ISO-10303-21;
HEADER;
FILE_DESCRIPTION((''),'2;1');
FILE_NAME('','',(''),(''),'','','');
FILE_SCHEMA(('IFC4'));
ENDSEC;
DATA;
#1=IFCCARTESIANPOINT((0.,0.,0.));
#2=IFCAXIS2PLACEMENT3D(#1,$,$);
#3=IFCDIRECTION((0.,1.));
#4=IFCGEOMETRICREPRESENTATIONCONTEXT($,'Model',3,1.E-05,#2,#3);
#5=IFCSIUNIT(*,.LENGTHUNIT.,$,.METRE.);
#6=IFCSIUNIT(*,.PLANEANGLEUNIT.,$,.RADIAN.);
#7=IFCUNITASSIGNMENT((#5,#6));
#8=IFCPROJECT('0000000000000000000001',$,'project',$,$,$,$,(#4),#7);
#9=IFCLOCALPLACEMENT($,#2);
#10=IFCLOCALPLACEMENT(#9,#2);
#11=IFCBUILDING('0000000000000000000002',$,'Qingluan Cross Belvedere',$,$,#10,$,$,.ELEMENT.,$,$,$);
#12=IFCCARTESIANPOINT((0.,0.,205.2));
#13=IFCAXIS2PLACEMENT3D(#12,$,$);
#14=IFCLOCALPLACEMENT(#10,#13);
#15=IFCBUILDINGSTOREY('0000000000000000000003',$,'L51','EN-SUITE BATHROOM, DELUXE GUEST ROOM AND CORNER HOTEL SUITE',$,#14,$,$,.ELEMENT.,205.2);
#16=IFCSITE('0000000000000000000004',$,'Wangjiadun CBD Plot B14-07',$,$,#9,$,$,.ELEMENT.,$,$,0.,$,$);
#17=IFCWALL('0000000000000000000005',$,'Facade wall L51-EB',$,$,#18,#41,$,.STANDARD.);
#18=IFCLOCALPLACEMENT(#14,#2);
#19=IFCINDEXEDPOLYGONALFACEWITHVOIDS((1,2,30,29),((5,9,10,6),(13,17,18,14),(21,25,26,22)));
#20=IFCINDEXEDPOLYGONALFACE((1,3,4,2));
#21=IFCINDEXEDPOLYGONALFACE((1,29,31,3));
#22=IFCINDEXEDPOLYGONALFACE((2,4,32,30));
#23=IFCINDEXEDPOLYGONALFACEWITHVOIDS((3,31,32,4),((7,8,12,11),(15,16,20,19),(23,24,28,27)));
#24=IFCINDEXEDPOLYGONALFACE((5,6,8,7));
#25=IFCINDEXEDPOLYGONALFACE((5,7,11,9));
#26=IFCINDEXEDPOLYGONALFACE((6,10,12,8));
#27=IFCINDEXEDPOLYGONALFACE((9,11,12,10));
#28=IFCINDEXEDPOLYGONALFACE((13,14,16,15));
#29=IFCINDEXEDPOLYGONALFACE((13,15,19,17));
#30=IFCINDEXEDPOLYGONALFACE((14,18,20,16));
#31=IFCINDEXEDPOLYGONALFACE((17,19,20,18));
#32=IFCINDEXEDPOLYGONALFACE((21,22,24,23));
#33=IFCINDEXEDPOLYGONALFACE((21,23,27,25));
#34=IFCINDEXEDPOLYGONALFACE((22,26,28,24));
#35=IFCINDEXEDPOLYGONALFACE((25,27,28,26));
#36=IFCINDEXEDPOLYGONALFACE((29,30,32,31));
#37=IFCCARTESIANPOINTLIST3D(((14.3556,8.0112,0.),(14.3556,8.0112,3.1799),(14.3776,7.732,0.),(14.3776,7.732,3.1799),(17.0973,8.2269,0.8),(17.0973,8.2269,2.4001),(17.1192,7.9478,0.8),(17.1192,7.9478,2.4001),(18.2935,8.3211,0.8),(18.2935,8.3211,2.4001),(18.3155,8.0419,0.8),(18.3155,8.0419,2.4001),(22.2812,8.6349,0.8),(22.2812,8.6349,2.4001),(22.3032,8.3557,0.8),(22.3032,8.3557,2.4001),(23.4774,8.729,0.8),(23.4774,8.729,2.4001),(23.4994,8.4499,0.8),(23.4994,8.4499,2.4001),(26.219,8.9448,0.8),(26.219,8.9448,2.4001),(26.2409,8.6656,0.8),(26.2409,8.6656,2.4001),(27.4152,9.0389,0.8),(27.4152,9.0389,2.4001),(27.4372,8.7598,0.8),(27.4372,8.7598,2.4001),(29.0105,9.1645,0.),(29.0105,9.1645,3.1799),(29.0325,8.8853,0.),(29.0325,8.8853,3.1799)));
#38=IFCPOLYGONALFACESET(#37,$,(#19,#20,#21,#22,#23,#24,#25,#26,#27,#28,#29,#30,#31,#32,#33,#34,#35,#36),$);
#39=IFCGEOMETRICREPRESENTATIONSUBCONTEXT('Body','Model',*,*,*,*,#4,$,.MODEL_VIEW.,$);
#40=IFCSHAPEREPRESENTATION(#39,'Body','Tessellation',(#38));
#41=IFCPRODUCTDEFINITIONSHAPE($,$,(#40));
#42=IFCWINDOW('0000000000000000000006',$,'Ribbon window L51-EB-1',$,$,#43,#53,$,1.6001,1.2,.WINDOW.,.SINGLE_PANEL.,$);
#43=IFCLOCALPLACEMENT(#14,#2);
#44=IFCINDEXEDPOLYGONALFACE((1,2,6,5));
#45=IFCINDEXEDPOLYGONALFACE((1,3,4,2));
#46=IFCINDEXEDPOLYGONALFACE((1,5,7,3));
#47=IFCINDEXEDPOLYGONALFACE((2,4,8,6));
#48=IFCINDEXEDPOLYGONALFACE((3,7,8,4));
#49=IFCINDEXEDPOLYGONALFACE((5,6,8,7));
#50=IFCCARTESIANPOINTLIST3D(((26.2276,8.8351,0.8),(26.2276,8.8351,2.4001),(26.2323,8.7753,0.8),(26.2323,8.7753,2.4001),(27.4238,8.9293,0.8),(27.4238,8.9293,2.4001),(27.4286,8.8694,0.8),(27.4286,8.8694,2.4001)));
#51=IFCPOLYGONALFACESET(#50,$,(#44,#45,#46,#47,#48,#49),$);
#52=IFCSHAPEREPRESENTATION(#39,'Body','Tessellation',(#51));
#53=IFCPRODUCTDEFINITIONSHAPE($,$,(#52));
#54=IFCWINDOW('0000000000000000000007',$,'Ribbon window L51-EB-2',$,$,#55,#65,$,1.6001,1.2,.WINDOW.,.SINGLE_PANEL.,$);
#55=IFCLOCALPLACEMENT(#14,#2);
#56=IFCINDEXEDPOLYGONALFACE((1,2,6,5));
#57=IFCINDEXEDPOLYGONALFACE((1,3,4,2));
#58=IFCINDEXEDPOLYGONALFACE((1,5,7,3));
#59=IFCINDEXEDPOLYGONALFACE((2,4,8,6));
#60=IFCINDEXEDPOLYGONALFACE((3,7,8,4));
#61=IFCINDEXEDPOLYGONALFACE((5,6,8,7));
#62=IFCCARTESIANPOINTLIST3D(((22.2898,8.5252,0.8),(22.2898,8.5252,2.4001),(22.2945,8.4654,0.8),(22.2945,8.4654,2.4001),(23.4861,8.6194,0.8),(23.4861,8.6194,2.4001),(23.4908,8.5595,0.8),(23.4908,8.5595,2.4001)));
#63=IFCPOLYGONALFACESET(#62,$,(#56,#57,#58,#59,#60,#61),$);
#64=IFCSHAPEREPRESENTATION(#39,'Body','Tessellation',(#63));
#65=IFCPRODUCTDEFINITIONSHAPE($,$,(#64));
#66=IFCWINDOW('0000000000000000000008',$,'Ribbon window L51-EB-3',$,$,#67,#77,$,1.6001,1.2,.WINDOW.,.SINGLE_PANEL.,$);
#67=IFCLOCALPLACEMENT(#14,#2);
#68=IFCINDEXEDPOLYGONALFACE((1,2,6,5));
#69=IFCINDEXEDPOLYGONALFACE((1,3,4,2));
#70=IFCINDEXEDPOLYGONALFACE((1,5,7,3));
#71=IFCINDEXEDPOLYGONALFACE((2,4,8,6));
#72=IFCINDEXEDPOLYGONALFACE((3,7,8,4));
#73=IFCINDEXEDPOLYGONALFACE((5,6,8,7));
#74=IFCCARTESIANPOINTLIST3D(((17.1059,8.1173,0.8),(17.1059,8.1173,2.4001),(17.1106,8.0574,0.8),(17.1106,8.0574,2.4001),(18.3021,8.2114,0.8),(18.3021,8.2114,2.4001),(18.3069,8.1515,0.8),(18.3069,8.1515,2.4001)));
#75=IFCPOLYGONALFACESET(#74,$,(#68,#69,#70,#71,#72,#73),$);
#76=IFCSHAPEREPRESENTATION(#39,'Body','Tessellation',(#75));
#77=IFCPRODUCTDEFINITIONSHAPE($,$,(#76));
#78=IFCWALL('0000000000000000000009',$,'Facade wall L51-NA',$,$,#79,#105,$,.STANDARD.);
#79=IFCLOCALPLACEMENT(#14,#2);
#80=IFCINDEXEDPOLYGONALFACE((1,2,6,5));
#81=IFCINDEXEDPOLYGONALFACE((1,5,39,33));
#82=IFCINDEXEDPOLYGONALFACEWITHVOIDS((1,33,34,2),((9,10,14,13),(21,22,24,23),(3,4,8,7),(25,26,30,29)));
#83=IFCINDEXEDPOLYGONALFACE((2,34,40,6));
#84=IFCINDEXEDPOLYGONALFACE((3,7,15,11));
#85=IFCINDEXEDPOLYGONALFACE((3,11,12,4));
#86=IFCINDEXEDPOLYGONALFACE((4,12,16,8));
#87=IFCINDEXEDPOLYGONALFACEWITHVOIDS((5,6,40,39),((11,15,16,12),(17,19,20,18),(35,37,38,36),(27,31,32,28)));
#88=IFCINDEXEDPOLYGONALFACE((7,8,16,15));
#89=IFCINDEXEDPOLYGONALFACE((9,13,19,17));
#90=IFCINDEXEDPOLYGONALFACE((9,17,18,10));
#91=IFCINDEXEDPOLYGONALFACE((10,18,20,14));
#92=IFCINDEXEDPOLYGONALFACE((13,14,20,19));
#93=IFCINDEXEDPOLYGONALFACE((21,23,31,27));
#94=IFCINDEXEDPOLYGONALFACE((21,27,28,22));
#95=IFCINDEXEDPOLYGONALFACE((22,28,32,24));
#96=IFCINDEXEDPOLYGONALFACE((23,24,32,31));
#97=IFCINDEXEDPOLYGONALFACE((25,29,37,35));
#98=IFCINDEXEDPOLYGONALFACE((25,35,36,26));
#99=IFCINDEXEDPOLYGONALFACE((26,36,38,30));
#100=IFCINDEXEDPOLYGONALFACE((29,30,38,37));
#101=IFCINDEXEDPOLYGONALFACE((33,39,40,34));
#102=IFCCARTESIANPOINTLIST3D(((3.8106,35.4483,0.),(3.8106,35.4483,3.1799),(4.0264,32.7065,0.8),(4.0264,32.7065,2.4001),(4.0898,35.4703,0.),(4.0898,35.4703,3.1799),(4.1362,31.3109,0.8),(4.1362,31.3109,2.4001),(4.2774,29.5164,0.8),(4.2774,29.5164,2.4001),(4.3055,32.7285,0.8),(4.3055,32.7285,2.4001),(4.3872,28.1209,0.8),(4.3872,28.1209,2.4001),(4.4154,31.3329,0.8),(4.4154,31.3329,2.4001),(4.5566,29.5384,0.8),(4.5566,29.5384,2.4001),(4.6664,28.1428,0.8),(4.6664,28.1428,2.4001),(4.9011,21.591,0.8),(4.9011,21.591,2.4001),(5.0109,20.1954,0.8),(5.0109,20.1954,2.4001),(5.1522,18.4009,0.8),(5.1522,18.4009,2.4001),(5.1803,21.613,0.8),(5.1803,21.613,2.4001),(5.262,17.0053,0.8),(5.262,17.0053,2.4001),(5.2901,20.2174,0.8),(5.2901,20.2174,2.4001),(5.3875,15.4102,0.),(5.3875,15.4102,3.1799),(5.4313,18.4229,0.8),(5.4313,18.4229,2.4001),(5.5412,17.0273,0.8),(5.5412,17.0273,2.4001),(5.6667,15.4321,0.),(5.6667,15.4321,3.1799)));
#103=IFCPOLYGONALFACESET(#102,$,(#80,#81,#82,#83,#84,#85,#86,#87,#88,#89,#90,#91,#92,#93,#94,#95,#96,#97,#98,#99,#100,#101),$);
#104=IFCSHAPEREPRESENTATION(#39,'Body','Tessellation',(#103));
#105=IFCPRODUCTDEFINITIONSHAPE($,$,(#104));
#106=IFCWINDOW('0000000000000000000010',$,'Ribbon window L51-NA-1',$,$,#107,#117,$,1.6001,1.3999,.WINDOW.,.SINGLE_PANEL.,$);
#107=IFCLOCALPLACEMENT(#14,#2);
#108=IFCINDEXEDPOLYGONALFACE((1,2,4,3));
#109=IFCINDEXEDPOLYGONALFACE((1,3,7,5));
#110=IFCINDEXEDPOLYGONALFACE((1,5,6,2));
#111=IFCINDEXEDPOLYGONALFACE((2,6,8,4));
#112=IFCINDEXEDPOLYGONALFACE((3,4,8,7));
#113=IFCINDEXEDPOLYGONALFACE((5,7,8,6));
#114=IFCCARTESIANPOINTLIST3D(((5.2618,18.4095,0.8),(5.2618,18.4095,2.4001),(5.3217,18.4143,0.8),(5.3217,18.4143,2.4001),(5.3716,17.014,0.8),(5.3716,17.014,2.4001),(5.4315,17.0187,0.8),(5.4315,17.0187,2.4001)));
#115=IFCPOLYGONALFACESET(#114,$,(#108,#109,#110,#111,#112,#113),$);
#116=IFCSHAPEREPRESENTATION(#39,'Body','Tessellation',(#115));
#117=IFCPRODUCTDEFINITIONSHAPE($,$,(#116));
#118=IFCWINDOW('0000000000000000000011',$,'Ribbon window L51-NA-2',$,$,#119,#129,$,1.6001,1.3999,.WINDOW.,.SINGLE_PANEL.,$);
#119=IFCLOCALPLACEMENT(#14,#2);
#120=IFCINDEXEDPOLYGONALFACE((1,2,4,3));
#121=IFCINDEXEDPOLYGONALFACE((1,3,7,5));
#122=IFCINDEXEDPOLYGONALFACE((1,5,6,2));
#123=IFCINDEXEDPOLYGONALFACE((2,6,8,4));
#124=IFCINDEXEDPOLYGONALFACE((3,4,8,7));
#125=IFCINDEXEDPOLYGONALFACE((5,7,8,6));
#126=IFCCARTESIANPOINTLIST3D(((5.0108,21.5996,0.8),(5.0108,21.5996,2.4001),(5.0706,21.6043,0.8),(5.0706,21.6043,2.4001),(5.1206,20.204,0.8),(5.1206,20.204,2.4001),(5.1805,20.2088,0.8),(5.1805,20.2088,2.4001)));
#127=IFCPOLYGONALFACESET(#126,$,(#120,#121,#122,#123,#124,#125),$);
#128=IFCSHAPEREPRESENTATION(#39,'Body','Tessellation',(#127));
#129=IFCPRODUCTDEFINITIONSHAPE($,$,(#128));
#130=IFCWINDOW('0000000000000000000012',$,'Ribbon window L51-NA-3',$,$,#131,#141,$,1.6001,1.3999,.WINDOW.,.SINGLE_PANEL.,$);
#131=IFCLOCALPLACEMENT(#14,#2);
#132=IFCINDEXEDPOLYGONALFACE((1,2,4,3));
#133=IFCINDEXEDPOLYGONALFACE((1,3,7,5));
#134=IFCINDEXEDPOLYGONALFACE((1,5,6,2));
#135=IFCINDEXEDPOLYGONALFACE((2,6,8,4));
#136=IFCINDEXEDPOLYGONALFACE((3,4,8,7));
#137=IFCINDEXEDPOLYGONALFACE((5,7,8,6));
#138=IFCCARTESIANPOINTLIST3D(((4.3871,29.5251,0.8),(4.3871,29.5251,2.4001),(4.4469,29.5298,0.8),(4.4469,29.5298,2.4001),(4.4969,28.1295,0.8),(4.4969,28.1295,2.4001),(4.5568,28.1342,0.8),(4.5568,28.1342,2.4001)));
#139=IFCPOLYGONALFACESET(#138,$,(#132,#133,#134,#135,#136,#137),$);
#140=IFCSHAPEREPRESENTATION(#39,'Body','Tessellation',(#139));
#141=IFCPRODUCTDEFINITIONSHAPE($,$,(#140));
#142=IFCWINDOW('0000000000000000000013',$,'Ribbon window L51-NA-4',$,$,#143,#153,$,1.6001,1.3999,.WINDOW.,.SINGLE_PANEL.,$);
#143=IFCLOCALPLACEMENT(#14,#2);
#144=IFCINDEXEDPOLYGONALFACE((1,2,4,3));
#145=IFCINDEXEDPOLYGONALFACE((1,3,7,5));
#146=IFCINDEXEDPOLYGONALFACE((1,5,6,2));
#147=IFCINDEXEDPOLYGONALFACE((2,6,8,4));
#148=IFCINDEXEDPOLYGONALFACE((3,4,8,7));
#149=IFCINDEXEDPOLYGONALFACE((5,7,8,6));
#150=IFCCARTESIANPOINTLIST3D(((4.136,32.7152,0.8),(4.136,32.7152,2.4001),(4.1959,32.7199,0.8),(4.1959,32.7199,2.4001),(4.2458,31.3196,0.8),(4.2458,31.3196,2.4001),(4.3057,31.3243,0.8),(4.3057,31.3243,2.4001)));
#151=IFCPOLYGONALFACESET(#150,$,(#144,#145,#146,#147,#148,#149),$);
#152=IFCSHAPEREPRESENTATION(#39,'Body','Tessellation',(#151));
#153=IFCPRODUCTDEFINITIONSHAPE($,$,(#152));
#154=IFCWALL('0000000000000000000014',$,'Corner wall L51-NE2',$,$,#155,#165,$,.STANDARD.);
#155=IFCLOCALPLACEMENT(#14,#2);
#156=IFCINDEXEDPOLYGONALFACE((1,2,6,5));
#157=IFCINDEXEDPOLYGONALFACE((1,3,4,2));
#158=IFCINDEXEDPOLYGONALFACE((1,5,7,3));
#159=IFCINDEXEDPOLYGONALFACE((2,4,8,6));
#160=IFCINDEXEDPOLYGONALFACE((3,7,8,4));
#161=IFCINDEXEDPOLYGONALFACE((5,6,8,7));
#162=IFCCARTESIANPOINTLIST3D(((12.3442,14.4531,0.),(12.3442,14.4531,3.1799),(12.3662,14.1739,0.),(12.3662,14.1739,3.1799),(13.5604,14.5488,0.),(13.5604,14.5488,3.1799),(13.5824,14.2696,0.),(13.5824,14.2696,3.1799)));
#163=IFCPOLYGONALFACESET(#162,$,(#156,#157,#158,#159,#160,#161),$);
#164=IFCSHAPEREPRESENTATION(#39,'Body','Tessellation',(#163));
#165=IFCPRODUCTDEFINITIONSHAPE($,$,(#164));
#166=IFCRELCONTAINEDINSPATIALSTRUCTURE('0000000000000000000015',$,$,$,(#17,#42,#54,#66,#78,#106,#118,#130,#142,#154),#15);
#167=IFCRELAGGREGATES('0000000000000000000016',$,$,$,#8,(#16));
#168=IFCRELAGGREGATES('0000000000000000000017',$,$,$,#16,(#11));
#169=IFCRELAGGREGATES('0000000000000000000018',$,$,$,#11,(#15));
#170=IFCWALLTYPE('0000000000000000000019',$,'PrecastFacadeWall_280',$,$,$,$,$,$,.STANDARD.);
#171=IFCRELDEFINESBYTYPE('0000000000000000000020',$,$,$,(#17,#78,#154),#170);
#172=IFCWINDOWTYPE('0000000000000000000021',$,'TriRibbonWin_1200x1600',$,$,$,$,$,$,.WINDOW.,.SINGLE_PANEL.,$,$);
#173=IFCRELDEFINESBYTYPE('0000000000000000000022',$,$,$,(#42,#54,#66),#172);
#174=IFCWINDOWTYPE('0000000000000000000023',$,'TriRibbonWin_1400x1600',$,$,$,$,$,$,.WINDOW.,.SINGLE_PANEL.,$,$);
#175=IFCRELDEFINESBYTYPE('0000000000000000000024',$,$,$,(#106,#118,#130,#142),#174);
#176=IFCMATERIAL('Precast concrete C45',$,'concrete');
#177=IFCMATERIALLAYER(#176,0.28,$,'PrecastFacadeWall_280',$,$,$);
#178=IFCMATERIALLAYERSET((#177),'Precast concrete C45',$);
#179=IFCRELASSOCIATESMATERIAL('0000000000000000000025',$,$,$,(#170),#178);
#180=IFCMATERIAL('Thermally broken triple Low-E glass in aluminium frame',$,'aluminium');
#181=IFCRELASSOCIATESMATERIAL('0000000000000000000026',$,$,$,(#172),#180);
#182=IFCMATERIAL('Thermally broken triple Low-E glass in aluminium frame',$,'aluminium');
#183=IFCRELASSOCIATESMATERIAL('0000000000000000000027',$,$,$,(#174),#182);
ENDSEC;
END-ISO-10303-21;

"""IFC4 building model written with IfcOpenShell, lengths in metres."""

from ifc_helpers import new_model, si_unit, direction, frame, frame_2d, origin, place, context, subcontext, project, spatial, rectangle, extrude, material, layer, layer_set, type_object, element, fill, save


model = new_model("IFC4")

# Units and contexts
model_context = context("Model", 3, precision=1e-05, world=origin(), true_north=direction((0.0, 1.0)))
body_context = subcontext(model_context, "Body", "Model", "MODEL_VIEW")
ifc_project = project(units=[si_unit("LENGTHUNIT", "METRE"), si_unit("PLANEANGLEUNIT", "RADIAN")], contexts=[model_context])

# Site, building, storey
site_placement = place(None, origin())
site = spatial("IfcSite", under=ifc_project, at=site_placement, Name="Wangjiadun CBD Plot B14-07", CompositionType="ELEMENT", RefElevation=0.0)
building_placement = place(site_placement, origin())
building = spatial("IfcBuilding", under=site, at=building_placement, Name="Qingluan Cross Belvedere", CompositionType="ELEMENT")
storey_placement = place(building_placement, frame((0.0, 0.0, 205.2)))
storey = spatial("IfcBuildingStorey", under=building, at=storey_placement, Name="L51", Description="EN-SUITE BATHROOM, DELUXE GUEST ROOM AND CORNER HOTEL SUITE", CompositionType="ELEMENT", Elevation=205.2)

# Walls, openings, windows
ifc_material_1 = material(Name="Precast concrete C45", Category="concrete")
ifc_layer_1 = layer(ifc_material_1, 0.28, Name="PrecastFacadeWall_280")
ifc_layer_set_1 = layer_set([ifc_layer_1], Name="Precast concrete C45")
wall_type_1 = type_object("IfcWallType", Name="PrecastFacadeWall_280", PredefinedType="STANDARD", material=ifc_layer_set_1)
wall_1_placement = place(storey_placement, frame((29.0215, 9.0249, 0.0), z_axis=(0.0, 0.0, 1.0), x_axis=(-0.996918, -0.078457, 0.0)))
wall_1 = element("IfcWall", 1, at=wall_1_placement, inside=storey, type_object=wall_type_1, Name="Facade wall L51-EB", PredefinedType="STANDARD", context=body_context, shape_type="SweptSolid", body=[
    extrude(rectangle(XDim=14.7002, YDim=0.28, at=frame_2d((7.3501, 0.0))), origin(), (0.0, 0.0, 1.0), 3.1799),
])
opening_1_placement = place(wall_1_placement, frame((1.6001, 0.0, 0.8)))
opening_1 = element("IfcOpeningElement", 2, at=opening_1_placement, cuts=wall_1, PredefinedType="OPENING", context=body_context, shape_type="SweptSolid", body=[
    extrude(rectangle(XDim=1.2, YDim=1.6001, at=frame_2d((0.6001, 0.8))), frame((0.0, 0.1499, 0.0), z_axis=(0.0, -1.0, 0.0), x_axis=(1.0, 0.0, 0.0)), (0.0, 0.0, 1.0), 0.3),
])
opening_2_placement = place(wall_1_placement, frame((5.55, 0.0, 0.8)))
opening_2 = element("IfcOpeningElement", 3, at=opening_2_placement, cuts=wall_1, PredefinedType="OPENING", context=body_context, shape_type="SweptSolid", body=[
    extrude(rectangle(XDim=1.2, YDim=1.6001, at=frame_2d((0.6001, 0.8))), frame((0.0, 0.1499, 0.0), z_axis=(0.0, -1.0, 0.0), x_axis=(1.0, 0.0, 0.0)), (0.0, 0.0, 1.0), 0.3),
])
opening_3_placement = place(wall_1_placement, frame((10.75, 0.0, 0.8)))
opening_3 = element("IfcOpeningElement", 4, at=opening_3_placement, cuts=wall_1, PredefinedType="OPENING", context=body_context, shape_type="SweptSolid", body=[
    extrude(rectangle(XDim=1.2, YDim=1.6001, at=frame_2d((0.6001, 0.8))), frame((0.0, 0.1499, 0.0), z_axis=(0.0, -1.0, 0.0), x_axis=(1.0, 0.0, 0.0)), (0.0, 0.0, 1.0), 0.3),
])
ifc_material_2 = material(Name="Thermally broken triple Low-E glass in aluminium frame", Category="aluminium")
window_type_1 = type_object("IfcWindowType", Name="TriRibbonWin_1200x1600", PartitioningType="SINGLE_PANEL", PredefinedType="WINDOW", material=ifc_material_2)
window_1_placement = place(opening_1_placement, origin())
window_1 = element("IfcWindow", 5, at=window_1_placement, inside=storey, type_object=window_type_1, Name="Ribbon window L51-EB-1", OverallHeight=1.6001, OverallWidth=1.2, PartitioningType="SINGLE_PANEL", PredefinedType="WINDOW", context=body_context, shape_type="SweptSolid", body=[
    extrude(rectangle(XDim=1.2, YDim=1.6001, at=frame_2d((0.6001, 0.8))), frame((0.0, 0.03, 0.0), z_axis=(0.0, -1.0, 0.0), x_axis=(1.0, 0.0, 0.0)), (0.0, 0.0, 1.0), 0.0601),
])
fill(opening_1, window_1)
window_2_placement = place(opening_2_placement, origin())
window_2 = element("IfcWindow", 6, at=window_2_placement, inside=storey, type_object=window_type_1, Name="Ribbon window L51-EB-2", OverallHeight=1.6001, OverallWidth=1.2, PartitioningType="SINGLE_PANEL", PredefinedType="WINDOW", context=body_context, shape_type="SweptSolid", body=[
    extrude(rectangle(XDim=1.2, YDim=1.6001, at=frame_2d((0.6001, 0.8))), frame((0.0, 0.03, 0.0), z_axis=(0.0, -1.0, 0.0), x_axis=(1.0, 0.0, 0.0)), (0.0, 0.0, 1.0), 0.0601),
])
fill(opening_2, window_2)
window_3_placement = place(opening_3_placement, origin())
window_3 = element("IfcWindow", 7, at=window_3_placement, inside=storey, type_object=window_type_1, Name="Ribbon window L51-EB-3", OverallHeight=1.6001, OverallWidth=1.2, PartitioningType="SINGLE_PANEL", PredefinedType="WINDOW", context=body_context, shape_type="SweptSolid", body=[
    extrude(rectangle(XDim=1.2, YDim=1.6001, at=frame_2d((0.6001, 0.8))), frame((0.0, 0.03, 0.0), z_axis=(0.0, -1.0, 0.0), x_axis=(1.0, 0.0, 0.0)), (0.0, 0.0, 1.0), 0.0601),
])
fill(opening_3, window_3)
wall_2_placement = place(storey_placement, frame((5.5271, 15.4211, 0.0), z_axis=(0.0, 0.0, 1.0), x_axis=(-0.078453, 0.996918, 0.0)))
wall_2 = element("IfcWall", 8, at=wall_2_placement, inside=storey, type_object=wall_type_1, Name="Facade wall L51-NA", PredefinedType="STANDARD", context=body_context, shape_type="SweptSolid", body=[
    extrude(rectangle(XDim=20.1001, YDim=0.28, at=frame_2d((10.05, 0.0))), origin(), (0.0, 0.0, 1.0), 3.1799),
])
opening_4_placement = place(wall_2_placement, frame((1.6001, 0.0, 0.8)))
opening_4 = element("IfcOpeningElement", 9, at=opening_4_placement, cuts=wall_2, PredefinedType="OPENING", context=body_context, shape_type="SweptSolid", body=[
    extrude(rectangle(XDim=1.3999, YDim=1.6001, at=frame_2d((0.7, 0.8))), frame((0.0, 0.1499, 0.0), z_axis=(0.0, -1.0, 0.0), x_axis=(1.0, 0.0, 0.0)), (0.0, 0.0, 1.0), 0.3),
])
opening_5_placement = place(wall_2_placement, frame((4.8, 0.0, 0.8)))
opening_5 = element("IfcOpeningElement", 10, at=opening_5_placement, cuts=wall_2, PredefinedType="OPENING", context=body_context, shape_type="SweptSolid", body=[
    extrude(rectangle(XDim=1.3999, YDim=1.6001, at=frame_2d((0.7, 0.8))), frame((0.0, 0.1499, 0.0), z_axis=(0.0, -1.0, 0.0), x_axis=(1.0, 0.0, 0.0)), (0.0, 0.0, 1.0), 0.3),
])
opening_6_placement = place(wall_2_placement, frame((12.75, 0.0, 0.8)))
opening_6 = element("IfcOpeningElement", 11, at=opening_6_placement, cuts=wall_2, PredefinedType="OPENING", context=body_context, shape_type="SweptSolid", body=[
    extrude(rectangle(XDim=1.3999, YDim=1.6001, at=frame_2d((0.7, 0.8))), frame((0.0, 0.1499, 0.0), z_axis=(0.0, -1.0, 0.0), x_axis=(1.0, 0.0, 0.0)), (0.0, 0.0, 1.0), 0.3),
])
opening_7_placement = place(wall_2_placement, frame((15.95, 0.0, 0.8)))
opening_7 = element("IfcOpeningElement", 12, at=opening_7_placement, cuts=wall_2, PredefinedType="OPENING", context=body_context, shape_type="SweptSolid", body=[
    extrude(rectangle(XDim=1.3999, YDim=1.6001, at=frame_2d((0.7, 0.8))), frame((0.0, 0.1499, 0.0), z_axis=(0.0, -1.0, 0.0), x_axis=(1.0, 0.0, 0.0)), (0.0, 0.0, 1.0), 0.3),
])
ifc_material_3 = material(Name="Thermally broken triple Low-E glass in aluminium frame", Category="aluminium")
window_type_2 = type_object("IfcWindowType", Name="TriRibbonWin_1400x1600", PartitioningType="SINGLE_PANEL", PredefinedType="WINDOW", material=ifc_material_3)
window_4_placement = place(opening_4_placement, origin())
window_4 = element("IfcWindow", 13, at=window_4_placement, inside=storey, type_object=window_type_2, Name="Ribbon window L51-NA-1", OverallHeight=1.6001, OverallWidth=1.3999, PartitioningType="SINGLE_PANEL", PredefinedType="WINDOW", context=body_context, shape_type="SweptSolid", body=[
    extrude(rectangle(XDim=1.3999, YDim=1.6001, at=frame_2d((0.7, 0.8))), frame((0.0, 0.03, 0.0), z_axis=(0.0, -1.0, 0.0), x_axis=(1.0, 0.0, 0.0)), (0.0, 0.0, 1.0), 0.0601),
])
fill(opening_4, window_4)
window_5_placement = place(opening_5_placement, origin())
window_5 = element("IfcWindow", 14, at=window_5_placement, inside=storey, type_object=window_type_2, Name="Ribbon window L51-NA-2", OverallHeight=1.6001, OverallWidth=1.3999, PartitioningType="SINGLE_PANEL", PredefinedType="WINDOW", context=body_context, shape_type="SweptSolid", body=[
    extrude(rectangle(XDim=1.3999, YDim=1.6001, at=frame_2d((0.7, 0.8))), frame((0.0, 0.03, 0.0), z_axis=(0.0, -1.0, 0.0), x_axis=(1.0, 0.0, 0.0)), (0.0, 0.0, 1.0), 0.0601),
])
fill(opening_5, window_5)
window_6_placement = place(opening_6_placement, origin())
window_6 = element("IfcWindow", 15, at=window_6_placement, inside=storey, type_object=window_type_2, Name="Ribbon window L51-NA-3", OverallHeight=1.6001, OverallWidth=1.3999, PartitioningType="SINGLE_PANEL", PredefinedType="WINDOW", context=body_context, shape_type="SweptSolid", body=[
    extrude(rectangle(XDim=1.3999, YDim=1.6001, at=frame_2d((0.7, 0.8))), frame((0.0, 0.03, 0.0), z_axis=(0.0, -1.0, 0.0), x_axis=(1.0, 0.0, 0.0)), (0.0, 0.0, 1.0), 0.0601),
])
fill(opening_6, window_6)
window_7_placement = place(opening_7_placement, origin())
window_7 = element("IfcWindow", 16, at=window_7_placement, inside=storey, type_object=window_type_2, Name="Ribbon window L51-NA-4", OverallHeight=1.6001, OverallWidth=1.3999, PartitioningType="SINGLE_PANEL", PredefinedType="WINDOW", context=body_context, shape_type="SweptSolid", body=[
    extrude(rectangle(XDim=1.3999, YDim=1.6001, at=frame_2d((0.7, 0.8))), frame((0.0, 0.03, 0.0), z_axis=(0.0, -1.0, 0.0), x_axis=(1.0, 0.0, 0.0)), (0.0, 0.0, 1.0), 0.0601),
])
fill(opening_7, window_7)

# Wall
wall_3_placement = place(storey_placement, frame((13.5713, 14.4092, 0.0), z_axis=(0.0, 0.0, 1.0), x_axis=(-0.996919, -0.078441, 0.0)))
element("IfcWall", 17, at=wall_3_placement, inside=storey, type_object=wall_type_1, Name="Corner wall L51-NE2", PredefinedType="STANDARD", context=body_context, shape_type="SweptSolid", body=[
    extrude(rectangle(XDim=1.22, YDim=0.28, at=frame_2d((0.6099, 0.0))), origin(), (0.0, 0.0, 1.0), 3.1799),
])

save(model, "model.ifc")
